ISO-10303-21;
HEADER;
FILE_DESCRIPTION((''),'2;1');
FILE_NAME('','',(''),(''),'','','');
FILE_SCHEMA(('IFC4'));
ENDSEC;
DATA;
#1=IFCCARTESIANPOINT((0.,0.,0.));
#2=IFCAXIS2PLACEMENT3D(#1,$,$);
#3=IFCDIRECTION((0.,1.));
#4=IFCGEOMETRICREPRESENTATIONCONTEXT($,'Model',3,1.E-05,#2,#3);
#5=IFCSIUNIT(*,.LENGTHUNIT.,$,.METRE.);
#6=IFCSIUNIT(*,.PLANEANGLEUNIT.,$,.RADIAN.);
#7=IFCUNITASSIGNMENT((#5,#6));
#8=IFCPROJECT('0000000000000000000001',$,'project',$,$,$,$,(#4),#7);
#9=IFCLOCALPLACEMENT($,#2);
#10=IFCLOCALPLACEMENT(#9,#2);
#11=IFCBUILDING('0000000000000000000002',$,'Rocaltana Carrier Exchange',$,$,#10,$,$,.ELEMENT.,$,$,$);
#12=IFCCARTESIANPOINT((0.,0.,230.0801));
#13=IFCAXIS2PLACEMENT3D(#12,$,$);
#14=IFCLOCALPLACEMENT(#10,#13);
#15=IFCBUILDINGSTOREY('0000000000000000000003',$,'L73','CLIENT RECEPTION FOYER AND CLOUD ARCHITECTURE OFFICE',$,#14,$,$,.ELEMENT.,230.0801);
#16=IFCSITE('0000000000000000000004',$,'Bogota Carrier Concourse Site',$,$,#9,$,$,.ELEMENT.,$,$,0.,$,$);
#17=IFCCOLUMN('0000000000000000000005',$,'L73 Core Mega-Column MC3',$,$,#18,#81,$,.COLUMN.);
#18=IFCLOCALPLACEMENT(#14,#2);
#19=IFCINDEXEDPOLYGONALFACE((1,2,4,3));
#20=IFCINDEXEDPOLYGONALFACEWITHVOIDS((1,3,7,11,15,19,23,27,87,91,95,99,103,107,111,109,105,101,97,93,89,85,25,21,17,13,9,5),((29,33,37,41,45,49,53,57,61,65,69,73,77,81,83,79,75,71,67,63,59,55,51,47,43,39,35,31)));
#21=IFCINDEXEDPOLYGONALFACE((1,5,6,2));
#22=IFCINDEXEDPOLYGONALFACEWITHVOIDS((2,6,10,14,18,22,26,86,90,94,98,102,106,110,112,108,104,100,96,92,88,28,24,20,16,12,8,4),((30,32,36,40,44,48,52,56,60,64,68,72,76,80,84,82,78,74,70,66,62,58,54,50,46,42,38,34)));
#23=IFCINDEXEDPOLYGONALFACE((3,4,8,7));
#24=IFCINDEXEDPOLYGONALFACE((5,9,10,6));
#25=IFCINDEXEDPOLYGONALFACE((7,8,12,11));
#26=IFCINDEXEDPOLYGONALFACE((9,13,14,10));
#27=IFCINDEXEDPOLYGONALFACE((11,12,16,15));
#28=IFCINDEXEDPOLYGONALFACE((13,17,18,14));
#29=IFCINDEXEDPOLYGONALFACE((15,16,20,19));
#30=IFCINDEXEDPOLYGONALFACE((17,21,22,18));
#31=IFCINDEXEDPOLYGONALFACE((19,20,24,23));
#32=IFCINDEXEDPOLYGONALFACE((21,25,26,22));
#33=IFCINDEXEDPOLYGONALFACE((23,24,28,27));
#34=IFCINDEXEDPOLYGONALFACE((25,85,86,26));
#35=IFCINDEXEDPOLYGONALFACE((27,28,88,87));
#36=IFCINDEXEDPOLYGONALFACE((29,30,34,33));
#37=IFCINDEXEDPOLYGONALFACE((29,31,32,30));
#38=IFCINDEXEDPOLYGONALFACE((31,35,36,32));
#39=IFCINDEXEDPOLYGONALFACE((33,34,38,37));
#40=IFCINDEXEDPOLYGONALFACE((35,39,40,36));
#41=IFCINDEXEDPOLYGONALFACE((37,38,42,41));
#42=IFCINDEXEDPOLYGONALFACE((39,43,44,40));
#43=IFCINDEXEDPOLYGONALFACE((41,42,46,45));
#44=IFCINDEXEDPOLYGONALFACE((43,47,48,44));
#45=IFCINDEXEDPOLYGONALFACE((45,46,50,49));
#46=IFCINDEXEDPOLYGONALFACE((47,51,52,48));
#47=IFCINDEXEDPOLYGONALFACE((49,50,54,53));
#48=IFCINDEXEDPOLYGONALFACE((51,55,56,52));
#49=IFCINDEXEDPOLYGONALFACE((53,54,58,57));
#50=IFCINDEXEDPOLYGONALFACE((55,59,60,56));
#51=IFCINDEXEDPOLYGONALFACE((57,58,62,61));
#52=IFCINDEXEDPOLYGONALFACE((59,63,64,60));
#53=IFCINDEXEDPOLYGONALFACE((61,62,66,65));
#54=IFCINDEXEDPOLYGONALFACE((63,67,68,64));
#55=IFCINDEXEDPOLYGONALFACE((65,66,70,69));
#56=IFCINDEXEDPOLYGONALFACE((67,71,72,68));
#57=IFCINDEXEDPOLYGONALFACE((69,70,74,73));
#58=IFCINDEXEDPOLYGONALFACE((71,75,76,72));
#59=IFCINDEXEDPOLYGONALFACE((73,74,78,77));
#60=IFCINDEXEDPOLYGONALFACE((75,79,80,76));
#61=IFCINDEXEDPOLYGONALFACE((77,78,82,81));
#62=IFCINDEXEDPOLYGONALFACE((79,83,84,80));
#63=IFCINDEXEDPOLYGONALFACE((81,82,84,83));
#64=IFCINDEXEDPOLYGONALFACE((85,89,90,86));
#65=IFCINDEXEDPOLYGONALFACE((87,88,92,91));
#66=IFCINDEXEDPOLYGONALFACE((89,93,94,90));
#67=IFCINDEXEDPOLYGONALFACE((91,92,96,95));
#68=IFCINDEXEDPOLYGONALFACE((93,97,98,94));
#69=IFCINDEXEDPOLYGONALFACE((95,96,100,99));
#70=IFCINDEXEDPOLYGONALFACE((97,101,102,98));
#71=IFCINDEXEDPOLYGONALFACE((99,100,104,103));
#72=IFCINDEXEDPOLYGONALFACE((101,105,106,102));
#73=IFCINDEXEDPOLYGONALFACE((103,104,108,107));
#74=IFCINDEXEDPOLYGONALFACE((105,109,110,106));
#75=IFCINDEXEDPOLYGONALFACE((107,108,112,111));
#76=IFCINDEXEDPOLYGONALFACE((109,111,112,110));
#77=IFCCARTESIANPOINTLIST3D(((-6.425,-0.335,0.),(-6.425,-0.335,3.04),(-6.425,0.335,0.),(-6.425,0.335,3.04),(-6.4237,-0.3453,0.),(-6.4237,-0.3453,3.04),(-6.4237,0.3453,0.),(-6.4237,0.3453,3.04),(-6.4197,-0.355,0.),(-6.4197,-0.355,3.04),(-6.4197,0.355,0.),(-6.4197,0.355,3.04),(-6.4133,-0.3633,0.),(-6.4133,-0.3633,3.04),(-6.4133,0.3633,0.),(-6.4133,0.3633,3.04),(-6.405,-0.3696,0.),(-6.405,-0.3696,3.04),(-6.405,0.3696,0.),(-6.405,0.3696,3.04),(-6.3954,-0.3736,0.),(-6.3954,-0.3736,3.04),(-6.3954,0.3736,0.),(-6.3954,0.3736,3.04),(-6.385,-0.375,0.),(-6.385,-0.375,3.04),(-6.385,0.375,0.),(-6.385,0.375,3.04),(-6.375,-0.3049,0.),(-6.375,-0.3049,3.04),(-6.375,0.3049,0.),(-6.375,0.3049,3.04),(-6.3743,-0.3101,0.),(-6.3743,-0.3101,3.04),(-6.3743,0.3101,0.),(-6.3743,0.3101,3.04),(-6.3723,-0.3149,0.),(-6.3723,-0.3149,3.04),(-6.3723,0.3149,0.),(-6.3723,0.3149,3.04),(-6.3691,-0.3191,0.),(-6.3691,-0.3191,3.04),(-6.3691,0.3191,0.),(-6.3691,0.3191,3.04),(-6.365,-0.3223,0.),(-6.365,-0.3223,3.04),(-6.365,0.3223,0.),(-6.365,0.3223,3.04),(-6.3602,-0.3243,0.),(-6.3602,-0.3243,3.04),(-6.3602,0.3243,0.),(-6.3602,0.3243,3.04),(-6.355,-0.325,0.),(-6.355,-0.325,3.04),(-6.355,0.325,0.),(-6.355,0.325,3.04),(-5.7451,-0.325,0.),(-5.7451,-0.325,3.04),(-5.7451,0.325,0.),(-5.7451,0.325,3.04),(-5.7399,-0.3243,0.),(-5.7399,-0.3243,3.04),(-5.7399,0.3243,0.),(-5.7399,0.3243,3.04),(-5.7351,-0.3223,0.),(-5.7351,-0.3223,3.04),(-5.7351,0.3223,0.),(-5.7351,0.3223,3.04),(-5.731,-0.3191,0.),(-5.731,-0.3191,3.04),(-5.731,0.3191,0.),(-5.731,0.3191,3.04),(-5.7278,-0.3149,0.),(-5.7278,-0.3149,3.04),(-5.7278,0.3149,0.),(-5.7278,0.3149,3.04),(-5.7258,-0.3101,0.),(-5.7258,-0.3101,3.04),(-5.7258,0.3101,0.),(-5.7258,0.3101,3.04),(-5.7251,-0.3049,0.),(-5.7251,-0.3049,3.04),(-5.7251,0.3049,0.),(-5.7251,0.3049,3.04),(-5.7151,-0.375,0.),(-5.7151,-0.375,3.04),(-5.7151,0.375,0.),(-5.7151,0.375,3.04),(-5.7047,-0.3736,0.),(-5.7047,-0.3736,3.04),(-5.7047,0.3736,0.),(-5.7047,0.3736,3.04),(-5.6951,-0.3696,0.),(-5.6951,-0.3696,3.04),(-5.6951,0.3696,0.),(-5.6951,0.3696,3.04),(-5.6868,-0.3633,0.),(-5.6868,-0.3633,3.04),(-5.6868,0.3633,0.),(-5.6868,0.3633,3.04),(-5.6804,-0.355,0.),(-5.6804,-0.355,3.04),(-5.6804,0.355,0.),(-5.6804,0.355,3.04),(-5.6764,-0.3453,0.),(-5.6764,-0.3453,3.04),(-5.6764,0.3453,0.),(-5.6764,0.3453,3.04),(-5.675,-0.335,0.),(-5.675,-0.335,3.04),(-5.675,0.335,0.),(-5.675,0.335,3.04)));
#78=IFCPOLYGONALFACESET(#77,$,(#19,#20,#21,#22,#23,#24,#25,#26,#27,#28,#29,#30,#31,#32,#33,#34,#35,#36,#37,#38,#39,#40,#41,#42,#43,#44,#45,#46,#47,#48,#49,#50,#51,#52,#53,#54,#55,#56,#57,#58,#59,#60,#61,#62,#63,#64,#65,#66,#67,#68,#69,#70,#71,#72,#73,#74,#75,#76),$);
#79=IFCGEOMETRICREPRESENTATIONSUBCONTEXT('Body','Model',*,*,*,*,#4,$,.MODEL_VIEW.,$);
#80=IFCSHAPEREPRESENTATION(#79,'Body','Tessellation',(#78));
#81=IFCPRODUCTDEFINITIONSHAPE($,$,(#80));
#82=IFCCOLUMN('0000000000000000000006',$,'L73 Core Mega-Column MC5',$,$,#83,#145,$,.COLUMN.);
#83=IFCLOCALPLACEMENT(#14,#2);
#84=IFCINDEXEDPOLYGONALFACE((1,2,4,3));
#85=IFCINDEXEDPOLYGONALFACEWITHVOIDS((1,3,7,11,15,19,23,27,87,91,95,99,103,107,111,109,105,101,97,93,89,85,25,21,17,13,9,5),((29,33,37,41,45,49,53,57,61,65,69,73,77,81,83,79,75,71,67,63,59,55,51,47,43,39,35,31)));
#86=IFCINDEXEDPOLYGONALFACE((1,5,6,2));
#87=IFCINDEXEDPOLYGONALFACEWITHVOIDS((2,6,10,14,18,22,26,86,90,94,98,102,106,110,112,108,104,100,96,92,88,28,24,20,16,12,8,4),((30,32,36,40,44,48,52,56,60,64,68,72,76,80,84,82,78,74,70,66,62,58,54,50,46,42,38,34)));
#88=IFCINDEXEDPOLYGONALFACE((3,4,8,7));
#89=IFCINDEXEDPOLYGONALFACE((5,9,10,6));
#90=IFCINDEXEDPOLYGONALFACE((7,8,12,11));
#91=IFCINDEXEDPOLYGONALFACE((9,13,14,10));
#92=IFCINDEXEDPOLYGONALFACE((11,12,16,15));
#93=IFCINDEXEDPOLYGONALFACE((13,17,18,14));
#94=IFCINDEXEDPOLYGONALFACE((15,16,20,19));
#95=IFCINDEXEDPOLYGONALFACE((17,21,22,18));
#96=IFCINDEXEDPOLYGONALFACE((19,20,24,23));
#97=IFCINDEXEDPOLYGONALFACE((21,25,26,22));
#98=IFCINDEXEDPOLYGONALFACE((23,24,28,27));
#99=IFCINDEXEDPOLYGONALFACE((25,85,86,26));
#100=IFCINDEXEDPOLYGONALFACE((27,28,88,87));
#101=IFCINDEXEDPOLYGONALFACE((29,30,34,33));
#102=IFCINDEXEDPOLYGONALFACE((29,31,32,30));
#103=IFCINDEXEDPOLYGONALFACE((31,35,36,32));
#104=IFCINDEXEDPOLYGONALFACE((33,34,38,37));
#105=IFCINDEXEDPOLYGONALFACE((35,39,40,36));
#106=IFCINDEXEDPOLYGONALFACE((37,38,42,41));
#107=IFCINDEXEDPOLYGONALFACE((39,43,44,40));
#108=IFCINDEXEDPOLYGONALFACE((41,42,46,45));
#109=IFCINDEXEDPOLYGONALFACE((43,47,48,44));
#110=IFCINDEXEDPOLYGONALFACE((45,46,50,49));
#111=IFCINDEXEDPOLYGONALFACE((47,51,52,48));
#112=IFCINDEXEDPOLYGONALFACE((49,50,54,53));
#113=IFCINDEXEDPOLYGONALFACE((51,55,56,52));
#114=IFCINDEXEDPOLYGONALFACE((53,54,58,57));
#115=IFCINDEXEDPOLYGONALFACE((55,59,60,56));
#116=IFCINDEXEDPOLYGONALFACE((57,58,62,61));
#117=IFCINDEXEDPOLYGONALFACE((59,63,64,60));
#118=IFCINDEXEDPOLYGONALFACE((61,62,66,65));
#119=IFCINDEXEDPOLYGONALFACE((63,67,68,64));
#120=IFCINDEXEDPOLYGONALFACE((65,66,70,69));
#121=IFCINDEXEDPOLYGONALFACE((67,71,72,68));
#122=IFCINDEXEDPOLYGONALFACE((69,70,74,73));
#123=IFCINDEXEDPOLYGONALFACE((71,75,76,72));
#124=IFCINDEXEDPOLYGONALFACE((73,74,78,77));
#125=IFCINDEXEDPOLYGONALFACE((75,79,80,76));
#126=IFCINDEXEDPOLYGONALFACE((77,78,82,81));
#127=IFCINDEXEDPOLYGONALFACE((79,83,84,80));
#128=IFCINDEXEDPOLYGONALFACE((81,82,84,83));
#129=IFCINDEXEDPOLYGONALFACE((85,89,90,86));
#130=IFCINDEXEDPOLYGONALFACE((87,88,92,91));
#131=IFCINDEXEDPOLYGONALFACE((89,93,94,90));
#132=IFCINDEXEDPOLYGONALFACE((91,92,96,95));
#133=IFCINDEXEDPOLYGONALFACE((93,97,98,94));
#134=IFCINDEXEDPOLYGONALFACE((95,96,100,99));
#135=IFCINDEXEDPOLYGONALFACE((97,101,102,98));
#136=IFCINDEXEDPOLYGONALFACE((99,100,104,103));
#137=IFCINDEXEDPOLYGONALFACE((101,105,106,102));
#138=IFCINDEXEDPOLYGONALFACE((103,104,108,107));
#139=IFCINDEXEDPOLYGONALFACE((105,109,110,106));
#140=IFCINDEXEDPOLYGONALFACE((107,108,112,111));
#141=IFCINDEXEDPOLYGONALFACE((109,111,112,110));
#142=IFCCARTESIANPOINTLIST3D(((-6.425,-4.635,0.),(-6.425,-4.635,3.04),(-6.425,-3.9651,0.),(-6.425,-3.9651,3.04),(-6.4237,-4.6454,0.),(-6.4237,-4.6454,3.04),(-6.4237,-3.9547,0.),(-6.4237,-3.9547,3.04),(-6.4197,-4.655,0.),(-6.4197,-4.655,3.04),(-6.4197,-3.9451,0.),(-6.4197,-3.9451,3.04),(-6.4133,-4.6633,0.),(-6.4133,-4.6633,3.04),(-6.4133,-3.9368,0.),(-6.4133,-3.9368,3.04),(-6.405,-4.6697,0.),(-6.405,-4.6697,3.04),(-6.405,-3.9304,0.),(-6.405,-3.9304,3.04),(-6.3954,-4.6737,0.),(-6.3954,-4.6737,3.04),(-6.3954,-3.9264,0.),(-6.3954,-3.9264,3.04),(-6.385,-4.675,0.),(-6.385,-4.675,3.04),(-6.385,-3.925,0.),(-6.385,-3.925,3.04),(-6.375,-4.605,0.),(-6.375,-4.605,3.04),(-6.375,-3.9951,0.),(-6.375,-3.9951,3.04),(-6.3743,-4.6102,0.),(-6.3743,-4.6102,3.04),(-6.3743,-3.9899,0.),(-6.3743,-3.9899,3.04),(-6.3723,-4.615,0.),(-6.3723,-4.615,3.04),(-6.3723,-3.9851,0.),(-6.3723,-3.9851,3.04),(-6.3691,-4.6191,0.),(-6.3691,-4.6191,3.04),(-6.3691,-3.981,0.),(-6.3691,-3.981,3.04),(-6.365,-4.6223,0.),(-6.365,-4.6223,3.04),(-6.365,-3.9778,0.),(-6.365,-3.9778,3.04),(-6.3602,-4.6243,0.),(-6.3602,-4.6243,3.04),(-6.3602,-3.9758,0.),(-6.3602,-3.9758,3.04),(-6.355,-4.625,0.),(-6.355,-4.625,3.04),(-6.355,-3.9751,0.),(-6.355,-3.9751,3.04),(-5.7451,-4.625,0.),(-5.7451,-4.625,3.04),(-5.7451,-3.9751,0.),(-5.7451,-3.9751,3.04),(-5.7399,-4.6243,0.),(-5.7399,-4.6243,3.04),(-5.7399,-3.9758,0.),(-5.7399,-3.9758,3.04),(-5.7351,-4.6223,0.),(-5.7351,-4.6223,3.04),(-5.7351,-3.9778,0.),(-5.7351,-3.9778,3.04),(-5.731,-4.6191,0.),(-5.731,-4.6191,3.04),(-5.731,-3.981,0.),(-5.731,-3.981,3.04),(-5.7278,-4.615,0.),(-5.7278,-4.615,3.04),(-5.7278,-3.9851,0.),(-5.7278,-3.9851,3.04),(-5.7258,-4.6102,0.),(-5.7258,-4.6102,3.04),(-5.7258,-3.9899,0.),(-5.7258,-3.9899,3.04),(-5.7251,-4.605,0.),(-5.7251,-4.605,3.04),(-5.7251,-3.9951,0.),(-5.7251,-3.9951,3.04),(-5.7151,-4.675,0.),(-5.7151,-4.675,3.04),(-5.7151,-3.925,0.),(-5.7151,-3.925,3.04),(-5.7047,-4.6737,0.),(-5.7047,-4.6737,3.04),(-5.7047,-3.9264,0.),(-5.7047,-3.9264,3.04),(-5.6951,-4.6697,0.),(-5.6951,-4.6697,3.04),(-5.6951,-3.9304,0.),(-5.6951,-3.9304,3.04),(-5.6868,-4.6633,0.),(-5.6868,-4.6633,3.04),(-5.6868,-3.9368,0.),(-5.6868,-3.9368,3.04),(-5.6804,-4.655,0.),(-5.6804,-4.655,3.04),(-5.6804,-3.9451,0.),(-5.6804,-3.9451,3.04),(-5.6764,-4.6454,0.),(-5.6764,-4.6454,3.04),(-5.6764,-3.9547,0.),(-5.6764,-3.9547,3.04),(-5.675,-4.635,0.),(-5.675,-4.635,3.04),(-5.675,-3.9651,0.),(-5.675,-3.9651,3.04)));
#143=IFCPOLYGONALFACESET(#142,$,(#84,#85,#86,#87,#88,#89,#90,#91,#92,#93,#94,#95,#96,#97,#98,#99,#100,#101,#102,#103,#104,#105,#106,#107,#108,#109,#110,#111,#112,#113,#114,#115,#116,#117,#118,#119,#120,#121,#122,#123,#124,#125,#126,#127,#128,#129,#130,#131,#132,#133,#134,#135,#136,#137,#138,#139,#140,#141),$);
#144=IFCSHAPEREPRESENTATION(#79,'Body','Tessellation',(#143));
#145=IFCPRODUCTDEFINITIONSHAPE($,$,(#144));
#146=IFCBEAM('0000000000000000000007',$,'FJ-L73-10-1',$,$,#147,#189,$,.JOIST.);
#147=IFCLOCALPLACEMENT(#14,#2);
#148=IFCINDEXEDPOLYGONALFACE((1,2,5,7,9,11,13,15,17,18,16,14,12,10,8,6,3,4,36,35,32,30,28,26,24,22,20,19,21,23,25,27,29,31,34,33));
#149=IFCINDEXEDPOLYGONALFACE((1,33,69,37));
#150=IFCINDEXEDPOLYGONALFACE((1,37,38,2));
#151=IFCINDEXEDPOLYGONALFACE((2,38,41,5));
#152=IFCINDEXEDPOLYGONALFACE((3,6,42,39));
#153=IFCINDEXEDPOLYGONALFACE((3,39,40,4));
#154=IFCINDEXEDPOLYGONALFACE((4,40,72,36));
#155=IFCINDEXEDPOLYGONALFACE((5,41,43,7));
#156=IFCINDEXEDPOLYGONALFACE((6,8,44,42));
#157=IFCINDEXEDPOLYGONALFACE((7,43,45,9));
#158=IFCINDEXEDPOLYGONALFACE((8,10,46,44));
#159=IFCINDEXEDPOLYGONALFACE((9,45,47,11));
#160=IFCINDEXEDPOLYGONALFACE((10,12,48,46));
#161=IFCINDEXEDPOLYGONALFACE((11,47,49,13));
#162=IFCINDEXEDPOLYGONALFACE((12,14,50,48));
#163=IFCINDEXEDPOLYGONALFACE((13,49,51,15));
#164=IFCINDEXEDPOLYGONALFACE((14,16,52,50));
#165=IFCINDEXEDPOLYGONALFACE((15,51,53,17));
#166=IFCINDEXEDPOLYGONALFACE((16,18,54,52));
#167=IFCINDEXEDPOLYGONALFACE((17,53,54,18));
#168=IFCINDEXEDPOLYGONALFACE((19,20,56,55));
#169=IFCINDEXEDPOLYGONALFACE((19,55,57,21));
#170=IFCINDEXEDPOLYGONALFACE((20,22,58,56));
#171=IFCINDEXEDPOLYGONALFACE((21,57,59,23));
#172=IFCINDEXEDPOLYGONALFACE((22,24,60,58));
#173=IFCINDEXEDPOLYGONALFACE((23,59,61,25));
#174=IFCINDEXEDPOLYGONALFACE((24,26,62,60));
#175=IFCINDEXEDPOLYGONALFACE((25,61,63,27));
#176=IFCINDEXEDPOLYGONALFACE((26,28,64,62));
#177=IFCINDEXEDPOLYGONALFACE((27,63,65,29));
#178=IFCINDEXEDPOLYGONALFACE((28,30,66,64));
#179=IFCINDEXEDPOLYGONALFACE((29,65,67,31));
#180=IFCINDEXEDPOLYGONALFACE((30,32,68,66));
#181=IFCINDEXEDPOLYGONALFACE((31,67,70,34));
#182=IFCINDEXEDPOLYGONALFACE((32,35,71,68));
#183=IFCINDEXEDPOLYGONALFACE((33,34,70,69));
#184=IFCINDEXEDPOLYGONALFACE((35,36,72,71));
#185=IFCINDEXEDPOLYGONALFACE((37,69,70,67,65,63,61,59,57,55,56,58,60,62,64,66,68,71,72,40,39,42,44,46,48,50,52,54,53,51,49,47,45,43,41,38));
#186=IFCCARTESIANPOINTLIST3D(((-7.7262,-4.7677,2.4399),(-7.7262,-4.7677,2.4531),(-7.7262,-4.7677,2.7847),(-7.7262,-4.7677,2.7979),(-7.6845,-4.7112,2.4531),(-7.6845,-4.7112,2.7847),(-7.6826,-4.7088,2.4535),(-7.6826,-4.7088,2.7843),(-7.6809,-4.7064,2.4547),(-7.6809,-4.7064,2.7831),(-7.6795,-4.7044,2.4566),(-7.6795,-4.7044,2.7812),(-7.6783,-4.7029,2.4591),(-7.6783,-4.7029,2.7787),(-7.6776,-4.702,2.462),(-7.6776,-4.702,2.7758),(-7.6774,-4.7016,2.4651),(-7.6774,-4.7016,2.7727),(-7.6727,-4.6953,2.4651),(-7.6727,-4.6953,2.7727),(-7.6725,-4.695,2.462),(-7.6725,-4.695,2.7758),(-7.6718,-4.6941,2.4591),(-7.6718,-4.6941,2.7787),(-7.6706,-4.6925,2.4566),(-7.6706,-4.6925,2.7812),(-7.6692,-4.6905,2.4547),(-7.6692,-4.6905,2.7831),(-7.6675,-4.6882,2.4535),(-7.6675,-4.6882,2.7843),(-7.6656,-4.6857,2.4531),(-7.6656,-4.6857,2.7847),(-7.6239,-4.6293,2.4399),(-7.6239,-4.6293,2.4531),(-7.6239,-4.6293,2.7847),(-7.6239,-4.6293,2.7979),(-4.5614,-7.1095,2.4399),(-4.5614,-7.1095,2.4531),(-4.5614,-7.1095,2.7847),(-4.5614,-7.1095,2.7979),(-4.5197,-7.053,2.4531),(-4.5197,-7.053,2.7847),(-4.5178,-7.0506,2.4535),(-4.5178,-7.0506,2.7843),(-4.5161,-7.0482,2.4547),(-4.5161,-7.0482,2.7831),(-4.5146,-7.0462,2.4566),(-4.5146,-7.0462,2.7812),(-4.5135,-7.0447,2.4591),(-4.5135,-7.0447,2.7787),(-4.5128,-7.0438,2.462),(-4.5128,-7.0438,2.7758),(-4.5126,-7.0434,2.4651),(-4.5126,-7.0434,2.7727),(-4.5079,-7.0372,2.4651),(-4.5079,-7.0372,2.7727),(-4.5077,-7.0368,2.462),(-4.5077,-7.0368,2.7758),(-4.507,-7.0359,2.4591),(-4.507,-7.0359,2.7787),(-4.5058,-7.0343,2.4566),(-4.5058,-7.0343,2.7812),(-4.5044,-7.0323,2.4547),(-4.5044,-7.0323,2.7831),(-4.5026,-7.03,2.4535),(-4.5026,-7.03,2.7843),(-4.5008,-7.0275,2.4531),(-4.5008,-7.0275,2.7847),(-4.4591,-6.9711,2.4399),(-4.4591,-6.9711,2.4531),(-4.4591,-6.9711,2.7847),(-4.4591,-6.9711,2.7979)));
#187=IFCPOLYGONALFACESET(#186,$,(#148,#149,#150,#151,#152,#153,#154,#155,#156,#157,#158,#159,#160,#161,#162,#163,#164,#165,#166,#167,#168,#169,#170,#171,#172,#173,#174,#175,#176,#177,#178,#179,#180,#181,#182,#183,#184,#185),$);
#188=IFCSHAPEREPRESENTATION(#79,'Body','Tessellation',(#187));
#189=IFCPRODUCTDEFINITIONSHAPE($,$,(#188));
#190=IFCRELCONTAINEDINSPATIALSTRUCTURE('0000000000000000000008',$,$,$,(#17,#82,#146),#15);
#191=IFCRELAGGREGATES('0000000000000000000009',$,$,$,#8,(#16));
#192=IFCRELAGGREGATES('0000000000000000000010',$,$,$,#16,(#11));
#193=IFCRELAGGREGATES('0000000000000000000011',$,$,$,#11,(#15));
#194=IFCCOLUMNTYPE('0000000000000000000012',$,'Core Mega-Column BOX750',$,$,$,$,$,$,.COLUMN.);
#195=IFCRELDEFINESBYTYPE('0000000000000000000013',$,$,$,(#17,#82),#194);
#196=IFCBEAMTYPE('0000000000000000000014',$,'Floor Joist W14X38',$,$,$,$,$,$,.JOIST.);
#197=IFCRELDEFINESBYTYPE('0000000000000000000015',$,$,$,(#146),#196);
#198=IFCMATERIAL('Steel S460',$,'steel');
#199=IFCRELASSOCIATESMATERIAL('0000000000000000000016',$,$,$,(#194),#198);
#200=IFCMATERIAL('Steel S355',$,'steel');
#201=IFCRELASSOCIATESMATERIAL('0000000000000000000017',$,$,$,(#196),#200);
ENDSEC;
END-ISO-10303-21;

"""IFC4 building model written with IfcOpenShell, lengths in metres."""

from ifc_helpers import new_model, si_unit, direction, frame, origin, origin_2d, place, context, subcontext, project, spatial, hollow_rectangle, i_section, extrude, material, material_profile, profile_set, type_object, element, save


model = new_model("IFC4")

# Units and contexts
model_context = context("Model", 3, precision=1e-05, world=origin(), true_north=direction((0.0, 1.0)))
body_context = subcontext(model_context, "Body", "Model", "MODEL_VIEW")
ifc_project = project(units=[si_unit("LENGTHUNIT", "METRE"), si_unit("PLANEANGLEUNIT", "RADIAN")], contexts=[model_context])

# Site, building, storey
site_placement = place(None, origin())
site = spatial("IfcSite", under=ifc_project, at=site_placement, Name="Bogota Carrier Concourse Site", CompositionType="ELEMENT", RefElevation=0.0)
building_placement = place(site_placement, origin())
building = spatial("IfcBuilding", under=site, at=building_placement, Name="Rocaltana Carrier Exchange", CompositionType="ELEMENT")
storey_placement = place(building_placement, frame((0.0, 0.0, 230.0801)))
storey = spatial("IfcBuildingStorey", under=building, at=storey_placement, Name="L73", Description="CLIENT RECEPTION FOYER AND CLOUD ARCHITECTURE OFFICE", CompositionType="ELEMENT", Elevation=230.0801)

# Columns
ifc_material_1 = material(Name="Steel S460", Category="steel")
ifc_material_profile_1 = material_profile(ifc_material_1, hollow_rectangle(XDim=0.75, YDim=0.75, WallThickness=0.05, InnerFilletRadius=0.02, OuterFilletRadius=0.04, at=origin_2d()), Name="BOX750X750X50")
ifc_profile_set_1 = profile_set([ifc_material_profile_1], Name="Steel S460")
column_type = type_object("IfcColumnType", Name="Core Mega-Column BOX750", PredefinedType="COLUMN", material=ifc_profile_set_1)
for number, where, z_axis, x_axis, name in (
    (1, (-6.05, 0.0, 0.0), (0.0, 0.0, 1.0), (1.0, 0.0, 0.0), "L73 Core Mega-Column MC3"),
    (2, (-6.05, -4.3, 0.0), (0.0, 0.0, 1.0), (1.0, 0.0, 0.0), "L73 Core Mega-Column MC5"),
):
    element("IfcColumn", number, at=place(storey_placement, frame(where, z_axis=z_axis, x_axis=x_axis)), inside=storey, type_object=column_type, Name=name, PredefinedType="COLUMN", context=body_context, shape_type="SweptSolid", body=[
        extrude(hollow_rectangle(XDim=0.75, YDim=0.75, WallThickness=0.05, InnerFilletRadius=0.02, OuterFilletRadius=0.04, at=origin_2d()), origin(), (0.0, 0.0, 1.0), 3.04),
    ])

# Beam
ifc_material_2 = material(Name="Steel S355", Category="steel")
ifc_material_profile_2 = material_profile(ifc_material_2, i_section(OverallWidth=0.1721, OverallDepth=0.3579, WebThickness=0.0078, FlangeThickness=0.0132, FilletRadius=0.012, at=origin_2d()), Name="W14X38")
ifc_profile_set_2 = profile_set([ifc_material_profile_2], Name="Steel S355")
beam_type_1 = type_object("IfcBeamType", Name="Floor Joist W14X38", PredefinedType="JOIST", material=ifc_profile_set_2)
beam_1_placement = place(storey_placement, frame((-7.675, -4.6985, 2.6189), z_axis=(0.80386, -0.594818, 0.0), x_axis=(0.594818, 0.80386, 0.0)))
element("IfcBeam", 3, at=beam_1_placement, inside=storey, type_object=beam_type_1, Name="FJ-L73-10-1", PredefinedType="JOIST", context=body_context, shape_type="SweptSolid", body=[
    extrude(i_section(OverallWidth=0.1721, OverallDepth=0.3579, WebThickness=0.0078, FlangeThickness=0.0132, FilletRadius=0.012, at=origin_2d()), origin(), (0.0, 0.0, 1.0), 3.937),
])

save(model, "model.ifc")
